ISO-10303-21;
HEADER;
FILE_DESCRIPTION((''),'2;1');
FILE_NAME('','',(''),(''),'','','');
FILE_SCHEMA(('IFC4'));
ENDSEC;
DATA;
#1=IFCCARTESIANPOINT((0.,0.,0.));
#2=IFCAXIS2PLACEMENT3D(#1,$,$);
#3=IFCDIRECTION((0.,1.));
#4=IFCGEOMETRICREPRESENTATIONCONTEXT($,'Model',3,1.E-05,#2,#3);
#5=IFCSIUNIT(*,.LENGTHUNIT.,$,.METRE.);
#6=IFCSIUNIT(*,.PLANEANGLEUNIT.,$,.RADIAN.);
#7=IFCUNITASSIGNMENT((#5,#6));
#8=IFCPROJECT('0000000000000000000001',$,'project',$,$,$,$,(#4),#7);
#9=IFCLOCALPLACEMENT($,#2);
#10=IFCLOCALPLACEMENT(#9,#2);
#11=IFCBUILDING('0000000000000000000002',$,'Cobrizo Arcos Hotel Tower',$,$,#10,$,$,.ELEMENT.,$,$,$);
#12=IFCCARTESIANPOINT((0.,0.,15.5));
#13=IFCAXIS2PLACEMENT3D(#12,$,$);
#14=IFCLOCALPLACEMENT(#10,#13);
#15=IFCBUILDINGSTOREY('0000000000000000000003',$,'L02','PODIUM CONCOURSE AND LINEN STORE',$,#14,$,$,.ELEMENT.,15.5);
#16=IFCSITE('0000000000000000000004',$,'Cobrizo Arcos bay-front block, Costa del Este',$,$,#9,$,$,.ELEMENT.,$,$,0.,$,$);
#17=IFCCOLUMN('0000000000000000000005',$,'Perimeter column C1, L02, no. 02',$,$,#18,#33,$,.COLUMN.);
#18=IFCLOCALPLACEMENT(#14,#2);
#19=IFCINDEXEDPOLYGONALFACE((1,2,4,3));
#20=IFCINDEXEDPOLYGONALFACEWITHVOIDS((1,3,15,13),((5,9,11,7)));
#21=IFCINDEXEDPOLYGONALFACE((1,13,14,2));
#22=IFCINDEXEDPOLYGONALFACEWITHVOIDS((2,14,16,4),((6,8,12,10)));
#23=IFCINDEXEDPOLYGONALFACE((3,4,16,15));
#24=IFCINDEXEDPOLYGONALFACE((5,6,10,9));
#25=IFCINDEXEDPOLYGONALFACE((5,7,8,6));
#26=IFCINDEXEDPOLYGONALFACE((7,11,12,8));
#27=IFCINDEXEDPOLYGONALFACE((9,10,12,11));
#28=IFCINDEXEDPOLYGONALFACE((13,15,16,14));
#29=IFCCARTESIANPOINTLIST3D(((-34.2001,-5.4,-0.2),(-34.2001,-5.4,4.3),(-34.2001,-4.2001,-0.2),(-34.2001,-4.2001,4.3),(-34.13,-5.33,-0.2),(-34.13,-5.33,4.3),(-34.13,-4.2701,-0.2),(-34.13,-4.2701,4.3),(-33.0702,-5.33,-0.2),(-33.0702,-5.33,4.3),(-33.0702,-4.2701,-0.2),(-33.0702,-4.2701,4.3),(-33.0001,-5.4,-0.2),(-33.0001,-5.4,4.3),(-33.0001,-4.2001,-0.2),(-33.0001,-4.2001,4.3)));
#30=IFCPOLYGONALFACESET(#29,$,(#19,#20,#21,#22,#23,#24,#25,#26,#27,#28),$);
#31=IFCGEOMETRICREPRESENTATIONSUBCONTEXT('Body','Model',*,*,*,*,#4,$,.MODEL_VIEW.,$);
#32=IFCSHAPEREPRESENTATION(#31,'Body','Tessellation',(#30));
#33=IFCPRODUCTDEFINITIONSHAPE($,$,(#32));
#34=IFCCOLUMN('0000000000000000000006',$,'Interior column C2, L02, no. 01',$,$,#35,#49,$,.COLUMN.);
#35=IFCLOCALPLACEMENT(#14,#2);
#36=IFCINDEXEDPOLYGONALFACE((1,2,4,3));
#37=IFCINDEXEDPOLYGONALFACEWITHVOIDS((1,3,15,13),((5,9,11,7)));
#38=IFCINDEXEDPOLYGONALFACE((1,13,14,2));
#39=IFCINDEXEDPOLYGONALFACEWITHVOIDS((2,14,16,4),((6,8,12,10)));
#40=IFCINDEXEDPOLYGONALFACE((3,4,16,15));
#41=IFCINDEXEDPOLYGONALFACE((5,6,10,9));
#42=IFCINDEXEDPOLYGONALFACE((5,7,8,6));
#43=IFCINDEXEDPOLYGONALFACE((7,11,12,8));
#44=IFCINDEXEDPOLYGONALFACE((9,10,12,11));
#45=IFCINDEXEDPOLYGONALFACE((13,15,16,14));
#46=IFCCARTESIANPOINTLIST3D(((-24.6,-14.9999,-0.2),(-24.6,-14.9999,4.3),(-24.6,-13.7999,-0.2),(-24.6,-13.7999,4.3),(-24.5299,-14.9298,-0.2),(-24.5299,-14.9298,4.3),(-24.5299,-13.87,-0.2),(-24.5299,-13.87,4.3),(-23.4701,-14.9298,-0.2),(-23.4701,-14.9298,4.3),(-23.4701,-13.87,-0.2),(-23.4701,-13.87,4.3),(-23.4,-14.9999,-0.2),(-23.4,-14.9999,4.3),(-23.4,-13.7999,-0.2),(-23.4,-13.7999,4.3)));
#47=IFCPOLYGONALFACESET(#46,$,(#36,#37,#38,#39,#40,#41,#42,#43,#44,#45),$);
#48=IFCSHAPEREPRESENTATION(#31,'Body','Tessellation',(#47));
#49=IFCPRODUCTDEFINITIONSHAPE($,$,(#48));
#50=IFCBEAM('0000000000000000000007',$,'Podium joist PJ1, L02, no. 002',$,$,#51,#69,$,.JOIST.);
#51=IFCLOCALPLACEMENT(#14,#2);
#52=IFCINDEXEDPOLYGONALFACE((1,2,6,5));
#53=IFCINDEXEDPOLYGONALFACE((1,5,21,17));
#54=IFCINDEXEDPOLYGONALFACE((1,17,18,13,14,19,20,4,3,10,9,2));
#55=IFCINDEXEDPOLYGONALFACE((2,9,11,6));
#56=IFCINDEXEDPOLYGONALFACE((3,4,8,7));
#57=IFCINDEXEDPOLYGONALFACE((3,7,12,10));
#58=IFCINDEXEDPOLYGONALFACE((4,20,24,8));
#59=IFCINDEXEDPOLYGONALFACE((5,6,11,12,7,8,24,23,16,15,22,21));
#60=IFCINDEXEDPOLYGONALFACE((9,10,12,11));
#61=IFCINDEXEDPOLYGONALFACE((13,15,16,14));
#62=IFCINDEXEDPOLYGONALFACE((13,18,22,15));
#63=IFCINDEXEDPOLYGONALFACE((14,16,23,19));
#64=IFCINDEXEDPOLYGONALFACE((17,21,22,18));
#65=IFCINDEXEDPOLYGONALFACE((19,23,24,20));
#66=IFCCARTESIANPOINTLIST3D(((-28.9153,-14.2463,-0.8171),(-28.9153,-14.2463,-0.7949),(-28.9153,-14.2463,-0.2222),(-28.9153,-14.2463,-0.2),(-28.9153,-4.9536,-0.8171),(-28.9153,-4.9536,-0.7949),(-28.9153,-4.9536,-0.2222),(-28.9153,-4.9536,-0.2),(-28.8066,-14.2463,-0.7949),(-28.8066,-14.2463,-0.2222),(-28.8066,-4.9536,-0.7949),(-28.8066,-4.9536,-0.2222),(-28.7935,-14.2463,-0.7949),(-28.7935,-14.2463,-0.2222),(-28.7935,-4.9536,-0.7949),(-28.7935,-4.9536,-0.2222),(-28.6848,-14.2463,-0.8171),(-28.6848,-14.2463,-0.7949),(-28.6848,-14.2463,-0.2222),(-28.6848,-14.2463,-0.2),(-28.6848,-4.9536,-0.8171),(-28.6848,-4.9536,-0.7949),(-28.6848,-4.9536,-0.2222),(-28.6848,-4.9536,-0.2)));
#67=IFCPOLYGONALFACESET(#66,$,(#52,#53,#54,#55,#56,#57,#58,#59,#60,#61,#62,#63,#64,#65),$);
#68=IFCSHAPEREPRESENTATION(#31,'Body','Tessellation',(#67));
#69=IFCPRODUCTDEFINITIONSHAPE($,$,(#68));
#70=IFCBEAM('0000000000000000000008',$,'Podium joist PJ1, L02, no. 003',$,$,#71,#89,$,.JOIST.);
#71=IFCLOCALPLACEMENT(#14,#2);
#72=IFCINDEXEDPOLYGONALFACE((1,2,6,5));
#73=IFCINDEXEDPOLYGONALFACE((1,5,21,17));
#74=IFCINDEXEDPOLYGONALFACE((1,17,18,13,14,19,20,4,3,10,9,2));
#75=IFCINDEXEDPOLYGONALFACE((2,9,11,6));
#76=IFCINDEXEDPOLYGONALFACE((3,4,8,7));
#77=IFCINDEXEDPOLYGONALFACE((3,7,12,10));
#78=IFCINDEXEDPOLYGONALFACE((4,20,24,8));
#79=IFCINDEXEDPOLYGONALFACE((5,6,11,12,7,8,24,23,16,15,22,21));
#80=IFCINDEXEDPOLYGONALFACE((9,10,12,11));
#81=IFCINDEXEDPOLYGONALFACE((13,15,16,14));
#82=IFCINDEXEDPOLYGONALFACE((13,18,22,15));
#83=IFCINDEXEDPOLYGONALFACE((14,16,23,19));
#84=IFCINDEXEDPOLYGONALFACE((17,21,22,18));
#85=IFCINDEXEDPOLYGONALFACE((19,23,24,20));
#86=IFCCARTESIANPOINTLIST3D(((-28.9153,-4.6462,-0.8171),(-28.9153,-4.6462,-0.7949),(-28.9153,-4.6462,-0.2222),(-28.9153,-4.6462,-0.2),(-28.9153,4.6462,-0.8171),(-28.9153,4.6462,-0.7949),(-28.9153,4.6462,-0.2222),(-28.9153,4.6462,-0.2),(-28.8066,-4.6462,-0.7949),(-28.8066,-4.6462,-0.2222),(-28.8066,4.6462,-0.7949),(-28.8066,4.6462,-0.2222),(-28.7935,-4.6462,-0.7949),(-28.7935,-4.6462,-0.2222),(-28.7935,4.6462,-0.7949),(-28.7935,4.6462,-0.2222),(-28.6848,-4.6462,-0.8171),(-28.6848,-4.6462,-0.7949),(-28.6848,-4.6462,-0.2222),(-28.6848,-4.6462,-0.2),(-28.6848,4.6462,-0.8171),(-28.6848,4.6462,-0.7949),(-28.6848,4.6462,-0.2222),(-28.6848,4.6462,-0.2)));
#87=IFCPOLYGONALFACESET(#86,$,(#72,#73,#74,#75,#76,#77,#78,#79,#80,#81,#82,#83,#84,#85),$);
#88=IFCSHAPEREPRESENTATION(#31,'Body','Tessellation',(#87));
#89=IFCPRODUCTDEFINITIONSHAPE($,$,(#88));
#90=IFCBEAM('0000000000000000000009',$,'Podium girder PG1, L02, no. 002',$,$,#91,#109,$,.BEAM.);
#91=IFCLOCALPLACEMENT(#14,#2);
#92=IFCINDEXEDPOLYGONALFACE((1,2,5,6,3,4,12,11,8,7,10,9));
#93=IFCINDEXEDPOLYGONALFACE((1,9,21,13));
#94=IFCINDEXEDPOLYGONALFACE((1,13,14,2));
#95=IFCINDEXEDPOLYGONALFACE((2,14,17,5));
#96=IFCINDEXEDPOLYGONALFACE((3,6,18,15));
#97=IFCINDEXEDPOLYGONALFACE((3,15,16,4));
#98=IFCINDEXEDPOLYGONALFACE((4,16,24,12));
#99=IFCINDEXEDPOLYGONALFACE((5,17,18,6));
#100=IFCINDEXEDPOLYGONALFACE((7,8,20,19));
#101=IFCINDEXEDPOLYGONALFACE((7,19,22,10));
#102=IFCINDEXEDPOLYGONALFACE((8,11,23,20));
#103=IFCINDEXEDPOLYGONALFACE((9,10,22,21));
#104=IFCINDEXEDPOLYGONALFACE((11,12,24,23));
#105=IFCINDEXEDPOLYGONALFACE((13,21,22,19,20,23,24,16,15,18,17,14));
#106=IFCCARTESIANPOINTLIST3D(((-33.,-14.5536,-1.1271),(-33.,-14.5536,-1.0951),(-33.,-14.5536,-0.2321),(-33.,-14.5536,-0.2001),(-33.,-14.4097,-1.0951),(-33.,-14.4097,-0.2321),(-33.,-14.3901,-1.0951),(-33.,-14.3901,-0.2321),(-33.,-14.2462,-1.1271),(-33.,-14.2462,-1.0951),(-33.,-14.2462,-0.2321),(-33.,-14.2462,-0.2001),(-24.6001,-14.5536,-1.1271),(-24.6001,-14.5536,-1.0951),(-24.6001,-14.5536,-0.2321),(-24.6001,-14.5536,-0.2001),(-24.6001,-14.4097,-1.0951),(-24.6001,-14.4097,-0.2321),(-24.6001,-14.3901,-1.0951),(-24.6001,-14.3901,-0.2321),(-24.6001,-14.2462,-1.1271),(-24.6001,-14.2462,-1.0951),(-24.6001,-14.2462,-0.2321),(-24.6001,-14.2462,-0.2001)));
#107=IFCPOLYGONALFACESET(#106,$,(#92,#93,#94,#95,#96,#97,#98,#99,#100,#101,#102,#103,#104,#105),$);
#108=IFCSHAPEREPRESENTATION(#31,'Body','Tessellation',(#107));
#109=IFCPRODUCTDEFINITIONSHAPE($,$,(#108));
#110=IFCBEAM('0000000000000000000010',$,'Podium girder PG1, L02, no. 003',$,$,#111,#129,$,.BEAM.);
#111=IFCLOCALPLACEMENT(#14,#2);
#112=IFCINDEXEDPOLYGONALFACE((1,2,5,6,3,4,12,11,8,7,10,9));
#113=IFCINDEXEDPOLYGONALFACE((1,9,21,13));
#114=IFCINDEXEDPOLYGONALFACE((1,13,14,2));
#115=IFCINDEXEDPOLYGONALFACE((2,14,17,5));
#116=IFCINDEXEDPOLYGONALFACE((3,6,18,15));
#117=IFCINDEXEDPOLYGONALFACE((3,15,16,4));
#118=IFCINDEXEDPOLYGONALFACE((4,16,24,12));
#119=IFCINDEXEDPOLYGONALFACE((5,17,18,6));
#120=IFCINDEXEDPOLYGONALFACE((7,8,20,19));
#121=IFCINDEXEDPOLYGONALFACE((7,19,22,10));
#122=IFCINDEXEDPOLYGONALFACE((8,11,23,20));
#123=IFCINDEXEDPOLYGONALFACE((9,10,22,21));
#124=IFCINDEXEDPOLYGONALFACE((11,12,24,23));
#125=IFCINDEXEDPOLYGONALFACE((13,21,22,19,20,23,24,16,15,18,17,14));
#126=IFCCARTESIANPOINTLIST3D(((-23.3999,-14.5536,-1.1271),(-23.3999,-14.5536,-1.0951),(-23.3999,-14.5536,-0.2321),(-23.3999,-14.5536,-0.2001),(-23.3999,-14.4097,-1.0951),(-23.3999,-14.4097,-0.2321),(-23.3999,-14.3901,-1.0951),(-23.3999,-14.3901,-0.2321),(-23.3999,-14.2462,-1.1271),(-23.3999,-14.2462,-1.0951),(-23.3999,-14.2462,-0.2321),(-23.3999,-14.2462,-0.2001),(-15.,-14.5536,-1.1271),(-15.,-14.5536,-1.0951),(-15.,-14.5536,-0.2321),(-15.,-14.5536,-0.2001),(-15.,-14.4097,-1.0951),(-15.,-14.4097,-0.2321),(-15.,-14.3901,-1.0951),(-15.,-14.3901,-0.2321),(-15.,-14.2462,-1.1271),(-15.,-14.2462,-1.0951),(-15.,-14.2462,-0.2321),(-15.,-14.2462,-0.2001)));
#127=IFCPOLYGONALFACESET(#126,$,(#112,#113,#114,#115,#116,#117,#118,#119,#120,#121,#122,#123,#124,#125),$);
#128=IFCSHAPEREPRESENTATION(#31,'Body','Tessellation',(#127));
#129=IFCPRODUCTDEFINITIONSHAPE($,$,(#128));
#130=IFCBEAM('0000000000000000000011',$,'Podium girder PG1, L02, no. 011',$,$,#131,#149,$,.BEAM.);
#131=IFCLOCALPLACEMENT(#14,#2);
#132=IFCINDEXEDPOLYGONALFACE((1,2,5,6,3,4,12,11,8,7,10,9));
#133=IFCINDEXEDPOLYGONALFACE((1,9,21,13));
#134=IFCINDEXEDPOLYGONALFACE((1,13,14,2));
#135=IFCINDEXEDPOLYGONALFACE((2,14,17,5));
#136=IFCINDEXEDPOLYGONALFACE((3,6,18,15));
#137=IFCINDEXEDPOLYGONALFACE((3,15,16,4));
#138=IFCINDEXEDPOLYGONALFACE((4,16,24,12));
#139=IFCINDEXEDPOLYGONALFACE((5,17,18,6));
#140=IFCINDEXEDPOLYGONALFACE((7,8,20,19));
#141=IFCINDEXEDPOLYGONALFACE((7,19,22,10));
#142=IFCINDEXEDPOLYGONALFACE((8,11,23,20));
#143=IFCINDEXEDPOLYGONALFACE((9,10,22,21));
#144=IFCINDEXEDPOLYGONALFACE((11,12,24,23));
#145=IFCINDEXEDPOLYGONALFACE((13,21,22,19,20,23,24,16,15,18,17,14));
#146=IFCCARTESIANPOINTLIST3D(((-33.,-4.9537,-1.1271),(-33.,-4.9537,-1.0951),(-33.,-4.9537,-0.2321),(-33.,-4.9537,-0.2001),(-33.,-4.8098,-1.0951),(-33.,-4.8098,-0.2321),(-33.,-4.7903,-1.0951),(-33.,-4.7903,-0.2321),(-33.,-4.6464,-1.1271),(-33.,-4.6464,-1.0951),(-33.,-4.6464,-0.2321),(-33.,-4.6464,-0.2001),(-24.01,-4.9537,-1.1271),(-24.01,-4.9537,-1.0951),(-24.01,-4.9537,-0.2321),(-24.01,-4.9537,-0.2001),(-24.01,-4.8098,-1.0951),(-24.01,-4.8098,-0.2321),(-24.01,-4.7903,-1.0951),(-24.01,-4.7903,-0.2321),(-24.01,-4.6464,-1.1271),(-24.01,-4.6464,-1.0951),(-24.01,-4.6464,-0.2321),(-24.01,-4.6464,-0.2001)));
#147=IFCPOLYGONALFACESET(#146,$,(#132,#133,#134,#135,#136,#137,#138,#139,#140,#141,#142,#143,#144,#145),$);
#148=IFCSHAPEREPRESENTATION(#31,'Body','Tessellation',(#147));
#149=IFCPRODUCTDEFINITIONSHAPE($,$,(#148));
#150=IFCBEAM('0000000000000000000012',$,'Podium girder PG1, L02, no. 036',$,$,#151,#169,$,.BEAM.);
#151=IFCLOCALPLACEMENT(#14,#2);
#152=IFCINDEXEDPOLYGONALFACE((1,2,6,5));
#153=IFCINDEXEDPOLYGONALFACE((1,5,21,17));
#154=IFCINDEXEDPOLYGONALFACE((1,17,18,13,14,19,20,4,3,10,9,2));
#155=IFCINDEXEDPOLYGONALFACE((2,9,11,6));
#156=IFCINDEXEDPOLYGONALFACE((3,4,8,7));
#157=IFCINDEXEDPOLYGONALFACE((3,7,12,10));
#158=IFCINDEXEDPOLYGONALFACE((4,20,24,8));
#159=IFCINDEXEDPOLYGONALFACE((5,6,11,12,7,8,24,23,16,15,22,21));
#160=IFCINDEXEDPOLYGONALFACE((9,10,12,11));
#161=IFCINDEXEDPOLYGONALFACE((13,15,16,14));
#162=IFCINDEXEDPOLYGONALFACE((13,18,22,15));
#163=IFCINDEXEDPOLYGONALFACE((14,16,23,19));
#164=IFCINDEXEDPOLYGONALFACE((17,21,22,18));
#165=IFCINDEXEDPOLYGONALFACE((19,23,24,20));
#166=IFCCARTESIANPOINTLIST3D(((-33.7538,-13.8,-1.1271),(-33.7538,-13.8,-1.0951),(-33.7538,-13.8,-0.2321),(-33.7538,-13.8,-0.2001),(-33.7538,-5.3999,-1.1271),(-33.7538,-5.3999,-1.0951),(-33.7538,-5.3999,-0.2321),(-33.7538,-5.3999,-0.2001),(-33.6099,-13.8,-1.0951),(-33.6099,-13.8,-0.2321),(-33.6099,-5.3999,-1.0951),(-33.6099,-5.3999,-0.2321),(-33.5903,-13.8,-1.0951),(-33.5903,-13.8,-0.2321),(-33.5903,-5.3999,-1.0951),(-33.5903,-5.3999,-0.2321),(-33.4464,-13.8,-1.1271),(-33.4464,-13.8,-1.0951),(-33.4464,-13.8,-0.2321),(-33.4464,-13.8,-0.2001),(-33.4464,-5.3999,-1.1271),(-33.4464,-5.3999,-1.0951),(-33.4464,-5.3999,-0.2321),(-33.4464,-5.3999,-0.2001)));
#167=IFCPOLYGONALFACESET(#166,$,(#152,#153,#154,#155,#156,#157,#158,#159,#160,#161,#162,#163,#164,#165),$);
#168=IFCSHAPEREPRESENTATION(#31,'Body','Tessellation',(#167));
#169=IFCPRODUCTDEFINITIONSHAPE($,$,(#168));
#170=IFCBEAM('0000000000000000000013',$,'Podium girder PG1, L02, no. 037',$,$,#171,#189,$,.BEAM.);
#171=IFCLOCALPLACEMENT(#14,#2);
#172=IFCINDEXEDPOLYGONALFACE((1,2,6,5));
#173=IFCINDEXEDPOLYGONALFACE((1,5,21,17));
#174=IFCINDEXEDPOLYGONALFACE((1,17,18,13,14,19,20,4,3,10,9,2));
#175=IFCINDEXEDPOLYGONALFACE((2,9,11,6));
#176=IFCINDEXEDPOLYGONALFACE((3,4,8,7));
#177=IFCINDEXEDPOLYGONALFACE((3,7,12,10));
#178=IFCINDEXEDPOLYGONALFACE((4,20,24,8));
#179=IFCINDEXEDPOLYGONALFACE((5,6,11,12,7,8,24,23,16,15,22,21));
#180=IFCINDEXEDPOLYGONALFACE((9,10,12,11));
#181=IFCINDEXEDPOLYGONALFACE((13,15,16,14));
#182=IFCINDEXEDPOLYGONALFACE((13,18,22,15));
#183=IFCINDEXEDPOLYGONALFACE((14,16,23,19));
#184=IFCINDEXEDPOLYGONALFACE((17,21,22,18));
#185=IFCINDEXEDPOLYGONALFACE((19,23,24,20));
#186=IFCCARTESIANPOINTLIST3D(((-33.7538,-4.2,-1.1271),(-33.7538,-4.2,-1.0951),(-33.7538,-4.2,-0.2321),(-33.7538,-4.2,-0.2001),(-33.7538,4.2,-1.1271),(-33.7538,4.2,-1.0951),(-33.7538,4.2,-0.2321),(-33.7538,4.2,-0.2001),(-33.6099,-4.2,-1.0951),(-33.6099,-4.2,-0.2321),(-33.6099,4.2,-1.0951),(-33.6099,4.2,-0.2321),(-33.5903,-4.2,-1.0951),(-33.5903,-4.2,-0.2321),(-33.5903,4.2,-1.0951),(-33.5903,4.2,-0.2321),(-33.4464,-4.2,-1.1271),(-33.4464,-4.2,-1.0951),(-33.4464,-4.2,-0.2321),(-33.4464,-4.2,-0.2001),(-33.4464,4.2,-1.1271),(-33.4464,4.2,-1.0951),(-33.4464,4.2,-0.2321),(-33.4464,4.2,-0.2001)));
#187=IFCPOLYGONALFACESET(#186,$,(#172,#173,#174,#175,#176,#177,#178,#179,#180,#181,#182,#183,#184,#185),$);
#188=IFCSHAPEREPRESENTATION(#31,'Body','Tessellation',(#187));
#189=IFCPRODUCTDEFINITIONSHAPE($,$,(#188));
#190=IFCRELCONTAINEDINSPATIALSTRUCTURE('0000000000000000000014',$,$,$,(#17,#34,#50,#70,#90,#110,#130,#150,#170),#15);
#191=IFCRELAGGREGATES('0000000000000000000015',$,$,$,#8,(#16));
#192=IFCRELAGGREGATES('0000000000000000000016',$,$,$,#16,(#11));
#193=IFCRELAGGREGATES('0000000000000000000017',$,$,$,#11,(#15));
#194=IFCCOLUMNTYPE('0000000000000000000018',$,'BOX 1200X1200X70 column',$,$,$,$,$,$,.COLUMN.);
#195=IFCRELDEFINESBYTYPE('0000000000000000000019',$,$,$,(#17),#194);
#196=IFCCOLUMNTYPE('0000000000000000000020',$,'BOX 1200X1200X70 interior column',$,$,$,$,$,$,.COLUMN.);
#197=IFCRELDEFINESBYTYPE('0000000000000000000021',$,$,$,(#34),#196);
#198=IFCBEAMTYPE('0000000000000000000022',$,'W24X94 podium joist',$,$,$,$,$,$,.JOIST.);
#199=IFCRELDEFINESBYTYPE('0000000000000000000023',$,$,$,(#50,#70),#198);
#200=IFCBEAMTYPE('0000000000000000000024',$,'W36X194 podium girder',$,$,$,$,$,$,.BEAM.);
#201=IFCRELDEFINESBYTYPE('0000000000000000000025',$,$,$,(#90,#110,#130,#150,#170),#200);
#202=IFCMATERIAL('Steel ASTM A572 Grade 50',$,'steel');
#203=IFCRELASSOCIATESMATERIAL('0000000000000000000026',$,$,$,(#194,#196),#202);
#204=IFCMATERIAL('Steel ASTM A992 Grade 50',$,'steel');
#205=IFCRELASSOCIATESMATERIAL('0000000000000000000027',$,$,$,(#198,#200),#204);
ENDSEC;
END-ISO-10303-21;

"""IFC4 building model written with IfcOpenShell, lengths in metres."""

from ifc_helpers import new_model, si_unit, direction, frame, origin, origin_2d, place, context, subcontext, project, spatial, hollow_rectangle, i_section, extrude, material, material_profile, profile_set, type_object, element, save


model = new_model("IFC4")

# Units and contexts
model_context = context("Model", 3, precision=1e-05, world=origin(), true_north=direction((0.0, 1.0)))
body_context = subcontext(model_context, "Body", "Model", "MODEL_VIEW")
ifc_project = project(units=[si_unit("LENGTHUNIT", "METRE"), si_unit("PLANEANGLEUNIT", "RADIAN")], contexts=[model_context])

# Site, building, storey
site_placement = place(None, origin())
site = spatial("IfcSite", under=ifc_project, at=site_placement, Name="Cobrizo Arcos bay-front block, Costa del Este", CompositionType="ELEMENT", RefElevation=0.0)
building_placement = place(site_placement, origin())
building = spatial("IfcBuilding", under=site, at=building_placement, Name="Cobrizo Arcos Hotel Tower", CompositionType="ELEMENT")
storey_placement = place(building_placement, frame((0.0, 0.0, 15.5)))
storey = spatial("IfcBuildingStorey", under=building, at=storey_placement, Name="L02", Description="PODIUM CONCOURSE AND LINEN STORE", CompositionType="ELEMENT", Elevation=15.5)

# Columns
ifc_material_1 = material(Name="Steel ASTM A572 Grade 50", Category="steel")
ifc_material_profile_1 = material_profile(ifc_material_1, hollow_rectangle(XDim=1.2, YDim=1.2, WallThickness=0.0701, at=origin_2d()), Name="BOX 1200X1200X70")
ifc_profile_set_1 = profile_set([ifc_material_profile_1], Name="Steel ASTM A572 Grade 50")
column_type_1 = type_object("IfcColumnType", Name="BOX 1200X1200X70 column", PredefinedType="COLUMN", material=ifc_profile_set_1)
column_1_placement = place(storey_placement, frame((-33.6001, -4.8, -0.2), z_axis=(0.0, 0.0, 1.0), x_axis=(1.0, 0.0, 0.0)))
element("IfcColumn", 1, at=column_1_placement, inside=storey, type_object=column_type_1, Name="Perimeter column C1, L02, no. 02", PredefinedType="COLUMN", context=body_context, shape_type="SweptSolid", body=[
    extrude(hollow_rectangle(XDim=1.2, YDim=1.2, WallThickness=0.0701, at=origin_2d()), origin(), (0.0, 0.0, 1.0), 4.5),
])
ifc_material_profile_2 = material_profile(ifc_material_1, hollow_rectangle(XDim=1.2, YDim=1.2, WallThickness=0.0701, at=origin_2d()), Name="BOX 1200X1200X70")
ifc_profile_set_2 = profile_set([ifc_material_profile_2], Name="Steel ASTM A572 Grade 50")
column_type_2 = type_object("IfcColumnType", Name="BOX 1200X1200X70 interior column", PredefinedType="COLUMN", material=ifc_profile_set_2)
column_2_placement = place(storey_placement, frame((-24.0, -14.3999, -0.2), z_axis=(0.0, 0.0, 1.0), x_axis=(1.0, 0.0, 0.0)))
element("IfcColumn", 2, at=column_2_placement, inside=storey, type_object=column_type_2, Name="Interior column C2, L02, no. 01", PredefinedType="COLUMN", context=body_context, shape_type="SweptSolid", body=[
    extrude(hollow_rectangle(XDim=1.2, YDim=1.2, WallThickness=0.0701, at=origin_2d()), origin(), (0.0, 0.0, 1.0), 4.5),
])

# Beams
ifc_material_2 = material(Name="Steel ASTM A992 Grade 50", Category="steel")
ifc_material_profile_3 = material_profile(ifc_material_2, i_section(OverallWidth=0.2305, OverallDepth=0.6172, WebThickness=0.0132, FlangeThickness=0.0222, at=origin_2d()), Name="W24X94")
ifc_profile_set_3 = profile_set([ifc_material_profile_3], Name="Steel ASTM A992 Grade 50")
beam_type_1 = type_object("IfcBeamType", Name="W24X94 podium joist", PredefinedType="JOIST", material=ifc_profile_set_3)
beam_1_placement = place(storey_placement, frame((-28.8, -14.2463, -0.5085), z_axis=(0.0, 1.0, 0.0), x_axis=(-1.0, 0.0, 0.0)))
element("IfcBeam", 3, at=beam_1_placement, inside=storey, type_object=beam_type_1, Name="Podium joist PJ1, L02, no. 002", PredefinedType="JOIST", context=body_context, shape_type="SweptSolid", body=[
    extrude(i_section(OverallWidth=0.2305, OverallDepth=0.6172, WebThickness=0.0132, FlangeThickness=0.0222, at=origin_2d()), origin(), (0.0, 0.0, 1.0), 9.2927),
])
beam_2_placement = place(storey_placement, frame((-28.8, -4.6462, -0.5085), z_axis=(0.0, 1.0, 0.0), x_axis=(-1.0, 0.0, 0.0)))
element("IfcBeam", 4, at=beam_2_placement, inside=storey, type_object=beam_type_1, Name="Podium joist PJ1, L02, no. 003", PredefinedType="JOIST", context=body_context, shape_type="SweptSolid", body=[
    extrude(i_section(OverallWidth=0.2305, OverallDepth=0.6172, WebThickness=0.0132, FlangeThickness=0.0222, at=origin_2d()), origin(), (0.0, 0.0, 1.0), 9.2925),
])
ifc_material_profile_4 = material_profile(ifc_material_2, i_section(OverallWidth=0.3074, OverallDepth=0.927, WebThickness=0.0195, FlangeThickness=0.032, at=origin_2d()), Name="W36X194")
ifc_profile_set_4 = profile_set([ifc_material_profile_4], Name="Steel ASTM A992 Grade 50")
beam_type_2 = type_object("IfcBeamType", Name="W36X194 podium girder", PredefinedType="BEAM", material=ifc_profile_set_4)
for number, where, z_axis, x_axis, name in (
    (5, (-33.0, -14.3999, -0.6636), (1.0, 0.0, 0.0), (0.0, 1.0, 0.0), "Podium girder PG1, L02, no. 002"),
    (6, (-23.3999, -14.3999, -0.6636), (1.0, 0.0, 0.0), (0.0, 1.0, 0.0), "Podium girder PG1, L02, no. 003"),
):
    element("IfcBeam", number, at=place(storey_placement, frame(where, z_axis=z_axis, x_axis=x_axis)), inside=storey, type_object=beam_type_2, Name=name, PredefinedType="BEAM", context=body_context, shape_type="SweptSolid", body=[
        extrude(i_section(OverallWidth=0.3074, OverallDepth=0.927, WebThickness=0.0195, FlangeThickness=0.032, at=origin_2d()), origin(), (0.0, 0.0, 1.0), 8.3999),
    ])
beam_3_placement = place(storey_placement, frame((-33.0, -4.8, -0.6636), z_axis=(1.0, 0.0, 0.0), x_axis=(0.0, 1.0, 0.0)))
element("IfcBeam", 7, at=beam_3_placement, inside=storey, type_object=beam_type_2, Name="Podium girder PG1, L02, no. 011", PredefinedType="BEAM", context=body_context, shape_type="SweptSolid", body=[
    extrude(i_section(OverallWidth=0.3074, OverallDepth=0.927, WebThickness=0.0195, FlangeThickness=0.032, at=origin_2d()), origin(), (0.0, 0.0, 1.0), 8.99),
])
beam_4_placement = place(storey_placement, frame((-33.6001, -13.8, -0.6636), z_axis=(0.0, 1.0, 0.0), x_axis=(-1.0, 0.0, 0.0)))
element("IfcBeam", 8, at=beam_4_placement, inside=storey, type_object=beam_type_2, Name="Podium girder PG1, L02, no. 036", PredefinedType="BEAM", context=body_context, shape_type="SweptSolid", body=[
    extrude(i_section(OverallWidth=0.3074, OverallDepth=0.927, WebThickness=0.0195, FlangeThickness=0.032, at=origin_2d()), origin(), (0.0, 0.0, 1.0), 8.4001),
])
beam_5_placement = place(storey_placement, frame((-33.6001, -4.2, -0.6636), z_axis=(0.0, 1.0, 0.0), x_axis=(-1.0, 0.0, 0.0)))
element("IfcBeam", 9, at=beam_5_placement, inside=storey, type_object=beam_type_2, Name="Podium girder PG1, L02, no. 037", PredefinedType="BEAM", context=body_context, shape_type="SweptSolid", body=[
    extrude(i_section(OverallWidth=0.3074, OverallDepth=0.927, WebThickness=0.0195, FlangeThickness=0.032, at=origin_2d()), origin(), (0.0, 0.0, 1.0), 8.3999),
])

save(model, "model.ifc")
